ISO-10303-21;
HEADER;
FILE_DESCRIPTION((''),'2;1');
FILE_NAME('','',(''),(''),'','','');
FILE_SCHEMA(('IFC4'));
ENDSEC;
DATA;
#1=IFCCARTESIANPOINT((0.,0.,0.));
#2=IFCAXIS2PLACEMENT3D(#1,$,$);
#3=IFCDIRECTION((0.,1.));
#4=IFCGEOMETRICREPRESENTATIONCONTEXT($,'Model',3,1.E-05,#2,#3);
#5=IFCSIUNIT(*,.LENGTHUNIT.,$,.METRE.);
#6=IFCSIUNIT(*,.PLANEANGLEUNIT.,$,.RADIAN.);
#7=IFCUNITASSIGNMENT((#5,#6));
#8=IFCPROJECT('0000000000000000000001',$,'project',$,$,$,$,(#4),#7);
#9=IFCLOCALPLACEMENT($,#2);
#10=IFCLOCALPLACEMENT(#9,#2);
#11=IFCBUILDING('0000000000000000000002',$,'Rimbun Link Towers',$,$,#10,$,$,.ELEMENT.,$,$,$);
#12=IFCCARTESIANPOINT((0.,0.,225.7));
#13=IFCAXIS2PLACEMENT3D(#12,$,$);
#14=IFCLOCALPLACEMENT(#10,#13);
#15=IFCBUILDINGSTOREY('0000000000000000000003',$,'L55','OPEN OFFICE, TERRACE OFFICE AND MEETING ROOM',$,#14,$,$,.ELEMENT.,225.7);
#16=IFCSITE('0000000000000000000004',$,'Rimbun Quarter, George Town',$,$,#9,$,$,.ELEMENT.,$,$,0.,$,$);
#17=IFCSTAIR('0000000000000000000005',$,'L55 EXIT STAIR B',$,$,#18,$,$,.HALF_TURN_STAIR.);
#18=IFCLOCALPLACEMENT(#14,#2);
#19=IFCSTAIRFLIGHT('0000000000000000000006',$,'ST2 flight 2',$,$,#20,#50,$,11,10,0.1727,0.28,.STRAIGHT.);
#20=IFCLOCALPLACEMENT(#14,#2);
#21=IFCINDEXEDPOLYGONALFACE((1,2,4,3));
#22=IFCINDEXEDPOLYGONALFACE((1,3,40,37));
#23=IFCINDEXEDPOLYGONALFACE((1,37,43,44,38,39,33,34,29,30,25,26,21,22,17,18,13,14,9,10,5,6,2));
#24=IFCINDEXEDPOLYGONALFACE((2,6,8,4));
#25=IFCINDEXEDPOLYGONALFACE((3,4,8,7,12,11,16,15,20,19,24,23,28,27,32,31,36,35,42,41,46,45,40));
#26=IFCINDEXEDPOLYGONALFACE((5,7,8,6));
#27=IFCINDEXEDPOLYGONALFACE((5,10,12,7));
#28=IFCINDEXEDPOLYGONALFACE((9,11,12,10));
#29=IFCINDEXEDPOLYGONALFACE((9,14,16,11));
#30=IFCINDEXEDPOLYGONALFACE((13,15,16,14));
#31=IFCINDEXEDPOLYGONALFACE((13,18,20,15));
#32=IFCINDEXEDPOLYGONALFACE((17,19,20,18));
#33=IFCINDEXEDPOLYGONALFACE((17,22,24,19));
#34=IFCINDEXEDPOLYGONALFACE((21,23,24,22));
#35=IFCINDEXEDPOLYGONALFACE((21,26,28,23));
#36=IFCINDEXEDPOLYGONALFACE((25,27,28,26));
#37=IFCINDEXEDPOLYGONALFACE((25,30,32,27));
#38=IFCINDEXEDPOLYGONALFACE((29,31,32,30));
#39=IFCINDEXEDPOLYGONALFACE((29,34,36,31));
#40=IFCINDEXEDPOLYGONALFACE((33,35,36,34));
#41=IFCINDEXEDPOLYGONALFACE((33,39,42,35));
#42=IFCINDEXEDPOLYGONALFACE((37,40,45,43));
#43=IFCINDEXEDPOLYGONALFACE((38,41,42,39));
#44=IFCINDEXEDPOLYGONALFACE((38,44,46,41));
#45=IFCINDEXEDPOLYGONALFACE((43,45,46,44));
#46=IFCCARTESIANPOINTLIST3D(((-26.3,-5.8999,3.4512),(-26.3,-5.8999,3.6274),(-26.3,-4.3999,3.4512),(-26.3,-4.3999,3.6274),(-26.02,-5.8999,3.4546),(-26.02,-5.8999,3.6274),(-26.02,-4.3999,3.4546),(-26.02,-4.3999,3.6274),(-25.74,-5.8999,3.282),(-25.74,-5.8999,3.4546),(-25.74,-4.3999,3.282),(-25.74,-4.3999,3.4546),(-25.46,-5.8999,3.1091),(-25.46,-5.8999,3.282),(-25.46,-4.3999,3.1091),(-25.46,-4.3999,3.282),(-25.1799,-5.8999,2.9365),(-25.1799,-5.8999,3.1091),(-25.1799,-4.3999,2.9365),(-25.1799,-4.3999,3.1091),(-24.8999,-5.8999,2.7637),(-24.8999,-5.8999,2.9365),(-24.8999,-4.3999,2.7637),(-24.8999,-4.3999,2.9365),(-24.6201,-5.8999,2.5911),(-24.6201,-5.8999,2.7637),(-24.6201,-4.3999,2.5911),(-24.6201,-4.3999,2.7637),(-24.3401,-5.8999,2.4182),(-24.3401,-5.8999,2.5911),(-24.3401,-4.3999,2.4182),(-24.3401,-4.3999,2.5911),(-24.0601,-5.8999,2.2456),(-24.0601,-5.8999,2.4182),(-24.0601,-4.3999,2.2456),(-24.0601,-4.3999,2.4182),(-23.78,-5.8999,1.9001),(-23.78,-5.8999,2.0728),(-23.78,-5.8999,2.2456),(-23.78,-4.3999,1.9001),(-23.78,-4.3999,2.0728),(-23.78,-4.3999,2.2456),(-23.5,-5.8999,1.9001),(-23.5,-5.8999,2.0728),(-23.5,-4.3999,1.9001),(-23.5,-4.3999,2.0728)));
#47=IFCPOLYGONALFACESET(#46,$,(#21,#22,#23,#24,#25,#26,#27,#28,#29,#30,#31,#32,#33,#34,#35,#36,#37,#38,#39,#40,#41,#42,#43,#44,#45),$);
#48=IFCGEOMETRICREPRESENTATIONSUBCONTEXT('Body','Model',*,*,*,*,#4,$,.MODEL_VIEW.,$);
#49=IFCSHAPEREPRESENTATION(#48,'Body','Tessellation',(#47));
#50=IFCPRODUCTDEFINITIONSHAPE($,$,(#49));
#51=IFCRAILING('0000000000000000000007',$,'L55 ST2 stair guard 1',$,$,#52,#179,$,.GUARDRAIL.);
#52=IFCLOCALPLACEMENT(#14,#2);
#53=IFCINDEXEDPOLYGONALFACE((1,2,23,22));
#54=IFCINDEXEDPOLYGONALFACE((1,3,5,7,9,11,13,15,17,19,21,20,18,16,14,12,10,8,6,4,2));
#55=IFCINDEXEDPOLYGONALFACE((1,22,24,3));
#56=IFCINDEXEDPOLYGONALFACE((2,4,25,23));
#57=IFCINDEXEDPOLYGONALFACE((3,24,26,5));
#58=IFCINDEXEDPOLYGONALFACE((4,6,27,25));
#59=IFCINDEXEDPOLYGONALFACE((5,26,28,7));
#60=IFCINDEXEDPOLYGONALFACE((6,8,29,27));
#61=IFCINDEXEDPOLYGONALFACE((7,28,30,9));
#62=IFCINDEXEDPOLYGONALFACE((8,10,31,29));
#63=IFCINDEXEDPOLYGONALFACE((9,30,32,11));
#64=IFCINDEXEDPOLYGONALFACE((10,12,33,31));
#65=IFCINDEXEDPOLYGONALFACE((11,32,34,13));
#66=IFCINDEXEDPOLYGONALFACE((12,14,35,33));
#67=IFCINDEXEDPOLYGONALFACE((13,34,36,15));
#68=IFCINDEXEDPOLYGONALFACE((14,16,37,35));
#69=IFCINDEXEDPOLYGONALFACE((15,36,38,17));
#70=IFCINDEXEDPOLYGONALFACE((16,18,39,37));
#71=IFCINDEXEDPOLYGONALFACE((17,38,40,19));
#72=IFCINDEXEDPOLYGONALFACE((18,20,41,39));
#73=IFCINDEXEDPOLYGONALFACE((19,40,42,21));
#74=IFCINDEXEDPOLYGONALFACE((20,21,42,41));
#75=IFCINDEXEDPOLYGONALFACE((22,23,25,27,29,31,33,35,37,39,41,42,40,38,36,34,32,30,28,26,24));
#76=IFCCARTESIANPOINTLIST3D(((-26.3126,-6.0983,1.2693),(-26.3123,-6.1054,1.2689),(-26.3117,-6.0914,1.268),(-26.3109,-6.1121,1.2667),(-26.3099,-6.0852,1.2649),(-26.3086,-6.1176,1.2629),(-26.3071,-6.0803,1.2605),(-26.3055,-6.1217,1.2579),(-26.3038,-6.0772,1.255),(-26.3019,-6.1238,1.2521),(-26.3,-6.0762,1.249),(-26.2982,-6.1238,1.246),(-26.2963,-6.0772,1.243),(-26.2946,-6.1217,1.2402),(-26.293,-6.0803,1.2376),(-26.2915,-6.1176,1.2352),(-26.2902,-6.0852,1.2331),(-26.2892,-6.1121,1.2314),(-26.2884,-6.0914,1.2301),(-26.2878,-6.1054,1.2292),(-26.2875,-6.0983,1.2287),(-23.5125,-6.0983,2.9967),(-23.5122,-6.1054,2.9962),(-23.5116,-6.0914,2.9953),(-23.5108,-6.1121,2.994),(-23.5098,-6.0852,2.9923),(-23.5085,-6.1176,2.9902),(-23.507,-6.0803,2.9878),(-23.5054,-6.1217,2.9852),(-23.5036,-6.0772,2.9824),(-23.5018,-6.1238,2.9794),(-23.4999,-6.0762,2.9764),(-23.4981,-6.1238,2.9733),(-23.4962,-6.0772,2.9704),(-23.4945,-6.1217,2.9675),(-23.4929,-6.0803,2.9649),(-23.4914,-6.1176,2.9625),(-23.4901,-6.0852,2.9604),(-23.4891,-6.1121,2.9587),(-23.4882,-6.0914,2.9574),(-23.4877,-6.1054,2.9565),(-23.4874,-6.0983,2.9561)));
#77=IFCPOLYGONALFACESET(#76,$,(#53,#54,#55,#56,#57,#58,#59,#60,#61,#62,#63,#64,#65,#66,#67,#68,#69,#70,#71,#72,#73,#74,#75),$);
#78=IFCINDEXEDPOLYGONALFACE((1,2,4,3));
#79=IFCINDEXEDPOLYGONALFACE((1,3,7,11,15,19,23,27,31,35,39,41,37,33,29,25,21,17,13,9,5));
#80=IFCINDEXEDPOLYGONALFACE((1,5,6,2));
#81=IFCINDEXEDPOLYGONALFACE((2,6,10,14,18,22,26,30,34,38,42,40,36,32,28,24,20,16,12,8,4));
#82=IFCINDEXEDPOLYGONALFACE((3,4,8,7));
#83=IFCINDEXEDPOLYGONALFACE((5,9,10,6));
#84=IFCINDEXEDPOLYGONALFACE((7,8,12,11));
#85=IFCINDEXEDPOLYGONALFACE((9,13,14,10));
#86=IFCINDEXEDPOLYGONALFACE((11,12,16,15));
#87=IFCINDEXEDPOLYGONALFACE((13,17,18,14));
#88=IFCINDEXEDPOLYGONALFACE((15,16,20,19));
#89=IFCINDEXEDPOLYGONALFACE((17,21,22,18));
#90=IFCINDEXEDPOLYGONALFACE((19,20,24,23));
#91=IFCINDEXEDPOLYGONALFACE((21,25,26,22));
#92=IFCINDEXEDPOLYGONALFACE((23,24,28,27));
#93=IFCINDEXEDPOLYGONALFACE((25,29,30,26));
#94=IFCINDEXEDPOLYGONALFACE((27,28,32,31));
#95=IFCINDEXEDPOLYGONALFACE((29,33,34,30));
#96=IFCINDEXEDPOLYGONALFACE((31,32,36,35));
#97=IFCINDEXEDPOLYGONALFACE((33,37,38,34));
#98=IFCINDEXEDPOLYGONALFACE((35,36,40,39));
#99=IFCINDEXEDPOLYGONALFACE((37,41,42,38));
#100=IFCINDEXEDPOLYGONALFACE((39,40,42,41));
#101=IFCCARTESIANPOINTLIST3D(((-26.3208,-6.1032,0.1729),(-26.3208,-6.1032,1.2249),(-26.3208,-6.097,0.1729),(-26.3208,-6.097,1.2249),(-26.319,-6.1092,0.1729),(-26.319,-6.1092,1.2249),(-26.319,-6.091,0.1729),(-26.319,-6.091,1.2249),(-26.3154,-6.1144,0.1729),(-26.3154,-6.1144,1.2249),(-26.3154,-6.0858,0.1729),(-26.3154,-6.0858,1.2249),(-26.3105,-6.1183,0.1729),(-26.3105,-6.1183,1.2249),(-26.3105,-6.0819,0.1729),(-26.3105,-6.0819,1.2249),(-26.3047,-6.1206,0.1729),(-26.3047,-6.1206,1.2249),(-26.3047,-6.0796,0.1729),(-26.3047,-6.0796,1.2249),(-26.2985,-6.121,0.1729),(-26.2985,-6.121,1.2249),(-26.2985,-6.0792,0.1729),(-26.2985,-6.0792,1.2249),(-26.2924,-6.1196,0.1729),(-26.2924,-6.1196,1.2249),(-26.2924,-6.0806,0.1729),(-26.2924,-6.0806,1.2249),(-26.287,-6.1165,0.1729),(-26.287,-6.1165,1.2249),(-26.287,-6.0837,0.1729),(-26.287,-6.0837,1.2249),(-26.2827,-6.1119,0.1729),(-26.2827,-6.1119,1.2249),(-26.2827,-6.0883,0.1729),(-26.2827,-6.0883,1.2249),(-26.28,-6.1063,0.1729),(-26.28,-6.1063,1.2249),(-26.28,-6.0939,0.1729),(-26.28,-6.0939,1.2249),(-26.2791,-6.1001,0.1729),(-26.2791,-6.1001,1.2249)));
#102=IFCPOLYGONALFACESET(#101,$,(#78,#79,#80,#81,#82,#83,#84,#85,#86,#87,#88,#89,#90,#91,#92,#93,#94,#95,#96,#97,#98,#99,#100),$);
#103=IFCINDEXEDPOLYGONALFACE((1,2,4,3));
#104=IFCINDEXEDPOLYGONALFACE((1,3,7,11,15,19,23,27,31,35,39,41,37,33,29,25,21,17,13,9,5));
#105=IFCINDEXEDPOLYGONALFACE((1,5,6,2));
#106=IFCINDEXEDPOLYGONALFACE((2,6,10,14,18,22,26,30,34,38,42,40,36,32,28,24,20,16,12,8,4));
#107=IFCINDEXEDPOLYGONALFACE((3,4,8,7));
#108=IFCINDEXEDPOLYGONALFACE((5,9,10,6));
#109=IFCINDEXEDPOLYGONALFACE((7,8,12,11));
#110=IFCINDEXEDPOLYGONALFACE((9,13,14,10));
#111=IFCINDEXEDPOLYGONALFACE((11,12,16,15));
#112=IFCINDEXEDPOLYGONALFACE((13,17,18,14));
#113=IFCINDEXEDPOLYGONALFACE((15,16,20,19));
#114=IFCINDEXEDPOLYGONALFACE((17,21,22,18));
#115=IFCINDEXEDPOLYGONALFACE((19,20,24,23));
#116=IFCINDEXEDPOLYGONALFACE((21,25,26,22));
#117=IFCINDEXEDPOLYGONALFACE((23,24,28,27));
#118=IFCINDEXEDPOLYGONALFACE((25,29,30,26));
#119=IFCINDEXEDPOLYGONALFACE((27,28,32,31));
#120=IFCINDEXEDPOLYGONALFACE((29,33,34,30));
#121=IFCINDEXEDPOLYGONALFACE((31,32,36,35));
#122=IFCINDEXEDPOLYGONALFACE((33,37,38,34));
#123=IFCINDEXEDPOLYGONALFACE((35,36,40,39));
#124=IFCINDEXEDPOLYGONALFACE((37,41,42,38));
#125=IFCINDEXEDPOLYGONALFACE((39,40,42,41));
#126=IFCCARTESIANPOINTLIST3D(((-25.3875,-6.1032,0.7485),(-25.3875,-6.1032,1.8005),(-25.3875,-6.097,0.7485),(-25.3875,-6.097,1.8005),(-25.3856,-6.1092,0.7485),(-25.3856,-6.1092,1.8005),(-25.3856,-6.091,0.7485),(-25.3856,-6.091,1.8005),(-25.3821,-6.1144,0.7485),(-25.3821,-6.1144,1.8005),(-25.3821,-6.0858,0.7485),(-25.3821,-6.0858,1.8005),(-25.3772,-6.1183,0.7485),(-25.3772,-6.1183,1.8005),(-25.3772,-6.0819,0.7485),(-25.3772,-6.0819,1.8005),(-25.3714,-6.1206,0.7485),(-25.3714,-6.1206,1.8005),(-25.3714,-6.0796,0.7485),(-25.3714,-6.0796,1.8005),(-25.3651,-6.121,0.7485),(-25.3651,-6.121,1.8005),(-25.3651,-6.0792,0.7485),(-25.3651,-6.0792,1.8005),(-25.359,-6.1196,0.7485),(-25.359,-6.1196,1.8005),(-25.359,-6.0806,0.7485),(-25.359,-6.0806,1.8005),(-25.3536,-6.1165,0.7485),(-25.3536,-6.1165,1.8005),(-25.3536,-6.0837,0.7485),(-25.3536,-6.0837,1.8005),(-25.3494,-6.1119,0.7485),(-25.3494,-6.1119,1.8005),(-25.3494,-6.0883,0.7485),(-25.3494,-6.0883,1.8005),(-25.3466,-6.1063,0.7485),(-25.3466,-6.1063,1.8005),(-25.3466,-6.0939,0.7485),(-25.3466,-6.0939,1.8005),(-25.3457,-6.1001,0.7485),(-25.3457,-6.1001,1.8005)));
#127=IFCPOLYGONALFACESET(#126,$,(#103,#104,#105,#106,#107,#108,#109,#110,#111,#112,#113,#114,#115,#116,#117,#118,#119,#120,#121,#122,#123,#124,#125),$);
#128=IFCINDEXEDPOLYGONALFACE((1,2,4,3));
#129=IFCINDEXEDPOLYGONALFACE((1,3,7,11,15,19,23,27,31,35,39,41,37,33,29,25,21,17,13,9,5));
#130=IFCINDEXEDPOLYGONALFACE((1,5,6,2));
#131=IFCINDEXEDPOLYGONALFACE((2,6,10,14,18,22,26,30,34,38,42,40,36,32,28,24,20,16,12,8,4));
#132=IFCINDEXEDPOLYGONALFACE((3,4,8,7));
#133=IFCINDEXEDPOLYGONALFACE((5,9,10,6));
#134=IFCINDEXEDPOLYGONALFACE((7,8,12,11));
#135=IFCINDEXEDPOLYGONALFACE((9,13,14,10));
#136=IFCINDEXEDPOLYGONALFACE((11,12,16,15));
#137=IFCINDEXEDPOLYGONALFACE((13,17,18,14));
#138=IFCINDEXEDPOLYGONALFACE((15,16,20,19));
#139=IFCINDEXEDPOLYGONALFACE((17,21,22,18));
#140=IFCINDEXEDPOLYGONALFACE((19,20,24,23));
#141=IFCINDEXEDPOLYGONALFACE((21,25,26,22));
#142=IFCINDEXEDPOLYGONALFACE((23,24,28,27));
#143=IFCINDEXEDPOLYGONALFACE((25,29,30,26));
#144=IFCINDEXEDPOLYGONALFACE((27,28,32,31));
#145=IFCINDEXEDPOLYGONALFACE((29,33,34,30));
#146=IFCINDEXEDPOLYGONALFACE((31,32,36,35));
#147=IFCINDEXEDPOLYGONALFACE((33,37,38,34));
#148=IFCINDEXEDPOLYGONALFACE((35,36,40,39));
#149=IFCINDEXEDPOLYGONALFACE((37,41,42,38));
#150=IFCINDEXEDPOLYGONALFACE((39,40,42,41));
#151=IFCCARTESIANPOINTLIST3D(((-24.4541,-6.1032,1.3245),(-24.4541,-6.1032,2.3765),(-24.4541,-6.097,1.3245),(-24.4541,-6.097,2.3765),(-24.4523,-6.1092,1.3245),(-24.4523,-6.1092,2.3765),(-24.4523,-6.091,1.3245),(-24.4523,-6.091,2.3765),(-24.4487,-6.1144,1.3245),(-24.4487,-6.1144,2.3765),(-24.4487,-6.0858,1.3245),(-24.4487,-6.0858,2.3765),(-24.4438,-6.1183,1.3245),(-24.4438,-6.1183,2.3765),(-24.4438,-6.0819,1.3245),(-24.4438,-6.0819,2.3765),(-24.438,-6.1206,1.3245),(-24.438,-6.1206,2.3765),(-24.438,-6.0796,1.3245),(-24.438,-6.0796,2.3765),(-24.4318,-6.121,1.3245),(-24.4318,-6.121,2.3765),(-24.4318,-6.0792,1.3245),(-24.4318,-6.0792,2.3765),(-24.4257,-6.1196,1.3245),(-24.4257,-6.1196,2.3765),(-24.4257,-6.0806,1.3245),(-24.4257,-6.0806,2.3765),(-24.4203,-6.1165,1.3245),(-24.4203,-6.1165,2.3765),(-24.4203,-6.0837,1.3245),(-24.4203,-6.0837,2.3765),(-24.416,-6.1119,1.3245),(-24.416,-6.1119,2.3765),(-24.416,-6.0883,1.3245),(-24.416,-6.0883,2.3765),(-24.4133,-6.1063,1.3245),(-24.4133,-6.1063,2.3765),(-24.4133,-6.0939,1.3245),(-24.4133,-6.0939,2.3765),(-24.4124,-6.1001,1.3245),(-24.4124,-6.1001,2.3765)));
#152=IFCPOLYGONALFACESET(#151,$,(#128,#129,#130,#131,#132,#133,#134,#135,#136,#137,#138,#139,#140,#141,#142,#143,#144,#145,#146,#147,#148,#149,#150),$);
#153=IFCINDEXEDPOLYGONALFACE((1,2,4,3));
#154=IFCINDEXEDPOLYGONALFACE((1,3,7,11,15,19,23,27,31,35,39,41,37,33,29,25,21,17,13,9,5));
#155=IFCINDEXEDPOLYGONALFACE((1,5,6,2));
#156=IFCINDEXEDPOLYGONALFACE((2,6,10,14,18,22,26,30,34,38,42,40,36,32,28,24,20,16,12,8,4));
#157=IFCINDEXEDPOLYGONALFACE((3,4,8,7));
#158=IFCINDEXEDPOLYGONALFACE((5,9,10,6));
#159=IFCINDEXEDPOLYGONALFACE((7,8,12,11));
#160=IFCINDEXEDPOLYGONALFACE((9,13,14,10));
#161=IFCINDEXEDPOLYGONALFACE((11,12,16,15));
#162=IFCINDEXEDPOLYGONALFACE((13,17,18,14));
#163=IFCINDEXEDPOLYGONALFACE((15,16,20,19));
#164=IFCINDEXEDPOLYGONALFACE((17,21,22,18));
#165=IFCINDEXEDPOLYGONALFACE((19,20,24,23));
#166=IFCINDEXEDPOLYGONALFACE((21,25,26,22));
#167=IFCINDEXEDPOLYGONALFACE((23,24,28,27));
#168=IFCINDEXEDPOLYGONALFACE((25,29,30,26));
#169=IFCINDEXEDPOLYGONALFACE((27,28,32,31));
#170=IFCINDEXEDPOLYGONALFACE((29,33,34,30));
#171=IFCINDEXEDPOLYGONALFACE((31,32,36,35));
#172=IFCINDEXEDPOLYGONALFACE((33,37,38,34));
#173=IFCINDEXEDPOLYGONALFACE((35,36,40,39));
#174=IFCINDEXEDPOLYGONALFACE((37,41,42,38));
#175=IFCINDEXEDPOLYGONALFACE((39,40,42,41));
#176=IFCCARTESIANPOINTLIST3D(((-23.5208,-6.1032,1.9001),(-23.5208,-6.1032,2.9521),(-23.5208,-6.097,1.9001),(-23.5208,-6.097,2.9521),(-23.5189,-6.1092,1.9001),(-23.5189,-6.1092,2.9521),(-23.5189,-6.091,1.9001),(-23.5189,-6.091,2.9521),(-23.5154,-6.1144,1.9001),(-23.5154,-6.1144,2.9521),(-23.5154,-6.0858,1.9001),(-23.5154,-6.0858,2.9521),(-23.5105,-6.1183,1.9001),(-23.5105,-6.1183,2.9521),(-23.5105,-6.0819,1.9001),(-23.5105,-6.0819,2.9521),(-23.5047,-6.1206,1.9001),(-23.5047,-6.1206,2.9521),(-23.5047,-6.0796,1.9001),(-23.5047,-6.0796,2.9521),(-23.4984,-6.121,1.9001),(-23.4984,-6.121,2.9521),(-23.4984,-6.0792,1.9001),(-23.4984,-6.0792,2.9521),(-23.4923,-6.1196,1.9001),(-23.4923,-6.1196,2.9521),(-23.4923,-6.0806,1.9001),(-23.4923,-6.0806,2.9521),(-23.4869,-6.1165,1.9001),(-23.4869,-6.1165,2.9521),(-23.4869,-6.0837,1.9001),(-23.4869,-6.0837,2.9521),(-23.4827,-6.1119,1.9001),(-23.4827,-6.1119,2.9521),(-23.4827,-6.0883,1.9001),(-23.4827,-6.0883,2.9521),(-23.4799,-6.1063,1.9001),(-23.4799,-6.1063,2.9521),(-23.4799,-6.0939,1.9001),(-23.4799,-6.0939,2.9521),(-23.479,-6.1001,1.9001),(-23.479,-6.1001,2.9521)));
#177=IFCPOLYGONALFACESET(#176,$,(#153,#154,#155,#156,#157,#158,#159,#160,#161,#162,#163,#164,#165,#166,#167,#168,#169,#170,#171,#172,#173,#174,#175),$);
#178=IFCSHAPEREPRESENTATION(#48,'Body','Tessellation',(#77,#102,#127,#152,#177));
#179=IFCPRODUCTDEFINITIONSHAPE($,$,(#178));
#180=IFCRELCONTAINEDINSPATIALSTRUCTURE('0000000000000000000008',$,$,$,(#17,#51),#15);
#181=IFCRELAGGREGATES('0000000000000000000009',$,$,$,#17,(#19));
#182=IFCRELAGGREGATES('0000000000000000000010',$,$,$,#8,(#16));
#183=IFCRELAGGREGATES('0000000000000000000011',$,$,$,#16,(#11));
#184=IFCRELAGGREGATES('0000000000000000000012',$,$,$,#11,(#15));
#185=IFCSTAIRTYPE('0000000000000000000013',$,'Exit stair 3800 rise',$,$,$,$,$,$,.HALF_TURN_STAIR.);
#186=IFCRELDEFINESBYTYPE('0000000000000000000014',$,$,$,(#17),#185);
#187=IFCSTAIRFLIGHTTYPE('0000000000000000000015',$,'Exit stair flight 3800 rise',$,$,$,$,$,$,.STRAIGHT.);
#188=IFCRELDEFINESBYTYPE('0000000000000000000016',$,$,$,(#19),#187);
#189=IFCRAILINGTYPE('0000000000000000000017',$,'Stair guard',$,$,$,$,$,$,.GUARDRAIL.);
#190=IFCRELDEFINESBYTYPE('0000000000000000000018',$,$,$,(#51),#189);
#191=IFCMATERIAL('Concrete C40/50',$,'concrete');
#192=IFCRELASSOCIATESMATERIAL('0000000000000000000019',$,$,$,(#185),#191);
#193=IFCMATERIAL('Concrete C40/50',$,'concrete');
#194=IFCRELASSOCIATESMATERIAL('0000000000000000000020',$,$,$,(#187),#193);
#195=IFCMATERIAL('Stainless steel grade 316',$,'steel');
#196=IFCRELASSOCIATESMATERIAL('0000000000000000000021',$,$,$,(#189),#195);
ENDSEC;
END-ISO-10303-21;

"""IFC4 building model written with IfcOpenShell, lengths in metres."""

from ifc_helpers import new_model, si_unit, direction, frame, origin, origin_2d, place, context, subcontext, project, spatial, polyline, circle, outline, extrude, material, type_object, element, aggregate, save


model = new_model("IFC4")

# Units and contexts
model_context = context("Model", 3, precision=1e-05, world=origin(), true_north=direction((0.0, 1.0)))
body_context = subcontext(model_context, "Body", "Model", "MODEL_VIEW")
ifc_project = project(units=[si_unit("LENGTHUNIT", "METRE"), si_unit("PLANEANGLEUNIT", "RADIAN")], contexts=[model_context])

# Site, building, storey
site_placement = place(None, origin())
site = spatial("IfcSite", under=ifc_project, at=site_placement, Name="Rimbun Quarter, George Town", CompositionType="ELEMENT", RefElevation=0.0)
building_placement = place(site_placement, origin())
building = spatial("IfcBuilding", under=site, at=building_placement, Name="Rimbun Link Towers", CompositionType="ELEMENT")
storey_placement = place(building_placement, frame((0.0, 0.0, 225.7)))
storey = spatial("IfcBuildingStorey", under=building, at=storey_placement, Name="L55", Description="OPEN OFFICE, TERRACE OFFICE AND MEETING ROOM", CompositionType="ELEMENT", Elevation=225.7)

# Stair, stair flight
ifc_material_1 = material(Name="Concrete C40/50", Category="concrete")
stair_type = type_object("IfcStairType", Name="Exit stair 3800 rise", PredefinedType="HALF_TURN_STAIR", material=ifc_material_1)
stair_placement = place(storey_placement, origin())
stair = element("IfcStair", 1, at=stair_placement, inside=storey, type_object=stair_type, Name="L55 EXIT STAIR B", PredefinedType="HALF_TURN_STAIR")
ifc_material_2 = material(Name="Concrete C40/50", Category="concrete")
stair_flight_type = type_object("IfcStairFlightType", Name="Exit stair flight 3800 rise", PredefinedType="STRAIGHT", material=ifc_material_2)
stair_flight_1_placement = place(storey_placement, frame((-23.5, -5.1499, 1.9001), z_axis=(0.0, 0.0, 1.0), x_axis=(-1.0, 0.0, 0.0)))
stair_flight_1 = element("IfcStairFlight", 2, at=stair_flight_1_placement, type_object=stair_flight_type, Name="ST2 flight 2", NumberOfRisers=11, NumberOfTreads=10, PredefinedType="STRAIGHT", RiserHeight=0.1727, TreadLength=0.28, context=body_context, shape_type="SweptSolid", body=[
    extrude(outline(polyline([(0.0, 0.0), (0.0, 0.1726), (0.28, 0.1726), (0.28, 0.3455), (0.5601, 0.3455), (0.5601, 0.5181), (0.8401, 0.5181), (0.8401, 0.6909), (1.1201, 0.6909), (1.1201, 0.8635), (1.3999, 0.8635), (1.3999, 1.0364), (1.6799, 1.0364), (1.6799, 1.209), (1.96, 1.209), (1.96, 1.3818), (2.24, 1.3818), (2.24, 1.5544), (2.52, 1.5544), (2.52, 1.7273), (2.8, 1.7273), (2.8, 1.8999), (2.8, 1.551), (0.28, 0.0), (0.0, 0.0)])), frame((0.0, 0.75, 0.0), z_axis=(0.0, -1.0, 0.0), x_axis=(1.0, 0.0, 0.0)), (0.0, 0.0, 1.0), 1.5),
])
aggregate(stair, [stair_flight_1])

# Railing
ifc_material_3 = material(Name="Stainless steel grade 316", Category="steel")
railing_type_1 = type_object("IfcRailingType", Name="Stair guard", PredefinedType="GUARDRAIL", material=ifc_material_3)
railing_1_placement = place(storey_placement, frame((-26.3, -6.1001, 0.1729)))
element("IfcRailing", 3, at=railing_1_placement, inside=storey, type_object=railing_type_1, Name="L55 ST2 stair guard 1", PredefinedType="GUARDRAIL", context=body_context, shape_type="SweptSolid", body=[
    extrude(circle(Radius=0.0239, at=origin_2d()), frame((0.0, 0.0, 1.0762), z_axis=(0.85109, 0.0, 0.52502), x_axis=(0.0, 1.0, 0.0)), (0.0, 0.0, 1.0), 3.29),
    extrude(circle(Radius=0.021, at=origin_2d()), origin(), (0.0, 0.0, 1.0), 1.052),
    extrude(circle(Radius=0.021, at=origin_2d()), frame((0.9333, 0.0, 0.5757)), (0.0, 0.0, 1.0), 1.052),
    extrude(circle(Radius=0.021, at=origin_2d()), frame((1.8667, 0.0, 1.1516)), (0.0, 0.0, 1.0), 1.052),
    extrude(circle(Radius=0.021, at=origin_2d()), frame((2.8, 0.0, 1.7273)), (0.0, 0.0, 1.0), 1.052),
])

save(model, "model.ifc")
